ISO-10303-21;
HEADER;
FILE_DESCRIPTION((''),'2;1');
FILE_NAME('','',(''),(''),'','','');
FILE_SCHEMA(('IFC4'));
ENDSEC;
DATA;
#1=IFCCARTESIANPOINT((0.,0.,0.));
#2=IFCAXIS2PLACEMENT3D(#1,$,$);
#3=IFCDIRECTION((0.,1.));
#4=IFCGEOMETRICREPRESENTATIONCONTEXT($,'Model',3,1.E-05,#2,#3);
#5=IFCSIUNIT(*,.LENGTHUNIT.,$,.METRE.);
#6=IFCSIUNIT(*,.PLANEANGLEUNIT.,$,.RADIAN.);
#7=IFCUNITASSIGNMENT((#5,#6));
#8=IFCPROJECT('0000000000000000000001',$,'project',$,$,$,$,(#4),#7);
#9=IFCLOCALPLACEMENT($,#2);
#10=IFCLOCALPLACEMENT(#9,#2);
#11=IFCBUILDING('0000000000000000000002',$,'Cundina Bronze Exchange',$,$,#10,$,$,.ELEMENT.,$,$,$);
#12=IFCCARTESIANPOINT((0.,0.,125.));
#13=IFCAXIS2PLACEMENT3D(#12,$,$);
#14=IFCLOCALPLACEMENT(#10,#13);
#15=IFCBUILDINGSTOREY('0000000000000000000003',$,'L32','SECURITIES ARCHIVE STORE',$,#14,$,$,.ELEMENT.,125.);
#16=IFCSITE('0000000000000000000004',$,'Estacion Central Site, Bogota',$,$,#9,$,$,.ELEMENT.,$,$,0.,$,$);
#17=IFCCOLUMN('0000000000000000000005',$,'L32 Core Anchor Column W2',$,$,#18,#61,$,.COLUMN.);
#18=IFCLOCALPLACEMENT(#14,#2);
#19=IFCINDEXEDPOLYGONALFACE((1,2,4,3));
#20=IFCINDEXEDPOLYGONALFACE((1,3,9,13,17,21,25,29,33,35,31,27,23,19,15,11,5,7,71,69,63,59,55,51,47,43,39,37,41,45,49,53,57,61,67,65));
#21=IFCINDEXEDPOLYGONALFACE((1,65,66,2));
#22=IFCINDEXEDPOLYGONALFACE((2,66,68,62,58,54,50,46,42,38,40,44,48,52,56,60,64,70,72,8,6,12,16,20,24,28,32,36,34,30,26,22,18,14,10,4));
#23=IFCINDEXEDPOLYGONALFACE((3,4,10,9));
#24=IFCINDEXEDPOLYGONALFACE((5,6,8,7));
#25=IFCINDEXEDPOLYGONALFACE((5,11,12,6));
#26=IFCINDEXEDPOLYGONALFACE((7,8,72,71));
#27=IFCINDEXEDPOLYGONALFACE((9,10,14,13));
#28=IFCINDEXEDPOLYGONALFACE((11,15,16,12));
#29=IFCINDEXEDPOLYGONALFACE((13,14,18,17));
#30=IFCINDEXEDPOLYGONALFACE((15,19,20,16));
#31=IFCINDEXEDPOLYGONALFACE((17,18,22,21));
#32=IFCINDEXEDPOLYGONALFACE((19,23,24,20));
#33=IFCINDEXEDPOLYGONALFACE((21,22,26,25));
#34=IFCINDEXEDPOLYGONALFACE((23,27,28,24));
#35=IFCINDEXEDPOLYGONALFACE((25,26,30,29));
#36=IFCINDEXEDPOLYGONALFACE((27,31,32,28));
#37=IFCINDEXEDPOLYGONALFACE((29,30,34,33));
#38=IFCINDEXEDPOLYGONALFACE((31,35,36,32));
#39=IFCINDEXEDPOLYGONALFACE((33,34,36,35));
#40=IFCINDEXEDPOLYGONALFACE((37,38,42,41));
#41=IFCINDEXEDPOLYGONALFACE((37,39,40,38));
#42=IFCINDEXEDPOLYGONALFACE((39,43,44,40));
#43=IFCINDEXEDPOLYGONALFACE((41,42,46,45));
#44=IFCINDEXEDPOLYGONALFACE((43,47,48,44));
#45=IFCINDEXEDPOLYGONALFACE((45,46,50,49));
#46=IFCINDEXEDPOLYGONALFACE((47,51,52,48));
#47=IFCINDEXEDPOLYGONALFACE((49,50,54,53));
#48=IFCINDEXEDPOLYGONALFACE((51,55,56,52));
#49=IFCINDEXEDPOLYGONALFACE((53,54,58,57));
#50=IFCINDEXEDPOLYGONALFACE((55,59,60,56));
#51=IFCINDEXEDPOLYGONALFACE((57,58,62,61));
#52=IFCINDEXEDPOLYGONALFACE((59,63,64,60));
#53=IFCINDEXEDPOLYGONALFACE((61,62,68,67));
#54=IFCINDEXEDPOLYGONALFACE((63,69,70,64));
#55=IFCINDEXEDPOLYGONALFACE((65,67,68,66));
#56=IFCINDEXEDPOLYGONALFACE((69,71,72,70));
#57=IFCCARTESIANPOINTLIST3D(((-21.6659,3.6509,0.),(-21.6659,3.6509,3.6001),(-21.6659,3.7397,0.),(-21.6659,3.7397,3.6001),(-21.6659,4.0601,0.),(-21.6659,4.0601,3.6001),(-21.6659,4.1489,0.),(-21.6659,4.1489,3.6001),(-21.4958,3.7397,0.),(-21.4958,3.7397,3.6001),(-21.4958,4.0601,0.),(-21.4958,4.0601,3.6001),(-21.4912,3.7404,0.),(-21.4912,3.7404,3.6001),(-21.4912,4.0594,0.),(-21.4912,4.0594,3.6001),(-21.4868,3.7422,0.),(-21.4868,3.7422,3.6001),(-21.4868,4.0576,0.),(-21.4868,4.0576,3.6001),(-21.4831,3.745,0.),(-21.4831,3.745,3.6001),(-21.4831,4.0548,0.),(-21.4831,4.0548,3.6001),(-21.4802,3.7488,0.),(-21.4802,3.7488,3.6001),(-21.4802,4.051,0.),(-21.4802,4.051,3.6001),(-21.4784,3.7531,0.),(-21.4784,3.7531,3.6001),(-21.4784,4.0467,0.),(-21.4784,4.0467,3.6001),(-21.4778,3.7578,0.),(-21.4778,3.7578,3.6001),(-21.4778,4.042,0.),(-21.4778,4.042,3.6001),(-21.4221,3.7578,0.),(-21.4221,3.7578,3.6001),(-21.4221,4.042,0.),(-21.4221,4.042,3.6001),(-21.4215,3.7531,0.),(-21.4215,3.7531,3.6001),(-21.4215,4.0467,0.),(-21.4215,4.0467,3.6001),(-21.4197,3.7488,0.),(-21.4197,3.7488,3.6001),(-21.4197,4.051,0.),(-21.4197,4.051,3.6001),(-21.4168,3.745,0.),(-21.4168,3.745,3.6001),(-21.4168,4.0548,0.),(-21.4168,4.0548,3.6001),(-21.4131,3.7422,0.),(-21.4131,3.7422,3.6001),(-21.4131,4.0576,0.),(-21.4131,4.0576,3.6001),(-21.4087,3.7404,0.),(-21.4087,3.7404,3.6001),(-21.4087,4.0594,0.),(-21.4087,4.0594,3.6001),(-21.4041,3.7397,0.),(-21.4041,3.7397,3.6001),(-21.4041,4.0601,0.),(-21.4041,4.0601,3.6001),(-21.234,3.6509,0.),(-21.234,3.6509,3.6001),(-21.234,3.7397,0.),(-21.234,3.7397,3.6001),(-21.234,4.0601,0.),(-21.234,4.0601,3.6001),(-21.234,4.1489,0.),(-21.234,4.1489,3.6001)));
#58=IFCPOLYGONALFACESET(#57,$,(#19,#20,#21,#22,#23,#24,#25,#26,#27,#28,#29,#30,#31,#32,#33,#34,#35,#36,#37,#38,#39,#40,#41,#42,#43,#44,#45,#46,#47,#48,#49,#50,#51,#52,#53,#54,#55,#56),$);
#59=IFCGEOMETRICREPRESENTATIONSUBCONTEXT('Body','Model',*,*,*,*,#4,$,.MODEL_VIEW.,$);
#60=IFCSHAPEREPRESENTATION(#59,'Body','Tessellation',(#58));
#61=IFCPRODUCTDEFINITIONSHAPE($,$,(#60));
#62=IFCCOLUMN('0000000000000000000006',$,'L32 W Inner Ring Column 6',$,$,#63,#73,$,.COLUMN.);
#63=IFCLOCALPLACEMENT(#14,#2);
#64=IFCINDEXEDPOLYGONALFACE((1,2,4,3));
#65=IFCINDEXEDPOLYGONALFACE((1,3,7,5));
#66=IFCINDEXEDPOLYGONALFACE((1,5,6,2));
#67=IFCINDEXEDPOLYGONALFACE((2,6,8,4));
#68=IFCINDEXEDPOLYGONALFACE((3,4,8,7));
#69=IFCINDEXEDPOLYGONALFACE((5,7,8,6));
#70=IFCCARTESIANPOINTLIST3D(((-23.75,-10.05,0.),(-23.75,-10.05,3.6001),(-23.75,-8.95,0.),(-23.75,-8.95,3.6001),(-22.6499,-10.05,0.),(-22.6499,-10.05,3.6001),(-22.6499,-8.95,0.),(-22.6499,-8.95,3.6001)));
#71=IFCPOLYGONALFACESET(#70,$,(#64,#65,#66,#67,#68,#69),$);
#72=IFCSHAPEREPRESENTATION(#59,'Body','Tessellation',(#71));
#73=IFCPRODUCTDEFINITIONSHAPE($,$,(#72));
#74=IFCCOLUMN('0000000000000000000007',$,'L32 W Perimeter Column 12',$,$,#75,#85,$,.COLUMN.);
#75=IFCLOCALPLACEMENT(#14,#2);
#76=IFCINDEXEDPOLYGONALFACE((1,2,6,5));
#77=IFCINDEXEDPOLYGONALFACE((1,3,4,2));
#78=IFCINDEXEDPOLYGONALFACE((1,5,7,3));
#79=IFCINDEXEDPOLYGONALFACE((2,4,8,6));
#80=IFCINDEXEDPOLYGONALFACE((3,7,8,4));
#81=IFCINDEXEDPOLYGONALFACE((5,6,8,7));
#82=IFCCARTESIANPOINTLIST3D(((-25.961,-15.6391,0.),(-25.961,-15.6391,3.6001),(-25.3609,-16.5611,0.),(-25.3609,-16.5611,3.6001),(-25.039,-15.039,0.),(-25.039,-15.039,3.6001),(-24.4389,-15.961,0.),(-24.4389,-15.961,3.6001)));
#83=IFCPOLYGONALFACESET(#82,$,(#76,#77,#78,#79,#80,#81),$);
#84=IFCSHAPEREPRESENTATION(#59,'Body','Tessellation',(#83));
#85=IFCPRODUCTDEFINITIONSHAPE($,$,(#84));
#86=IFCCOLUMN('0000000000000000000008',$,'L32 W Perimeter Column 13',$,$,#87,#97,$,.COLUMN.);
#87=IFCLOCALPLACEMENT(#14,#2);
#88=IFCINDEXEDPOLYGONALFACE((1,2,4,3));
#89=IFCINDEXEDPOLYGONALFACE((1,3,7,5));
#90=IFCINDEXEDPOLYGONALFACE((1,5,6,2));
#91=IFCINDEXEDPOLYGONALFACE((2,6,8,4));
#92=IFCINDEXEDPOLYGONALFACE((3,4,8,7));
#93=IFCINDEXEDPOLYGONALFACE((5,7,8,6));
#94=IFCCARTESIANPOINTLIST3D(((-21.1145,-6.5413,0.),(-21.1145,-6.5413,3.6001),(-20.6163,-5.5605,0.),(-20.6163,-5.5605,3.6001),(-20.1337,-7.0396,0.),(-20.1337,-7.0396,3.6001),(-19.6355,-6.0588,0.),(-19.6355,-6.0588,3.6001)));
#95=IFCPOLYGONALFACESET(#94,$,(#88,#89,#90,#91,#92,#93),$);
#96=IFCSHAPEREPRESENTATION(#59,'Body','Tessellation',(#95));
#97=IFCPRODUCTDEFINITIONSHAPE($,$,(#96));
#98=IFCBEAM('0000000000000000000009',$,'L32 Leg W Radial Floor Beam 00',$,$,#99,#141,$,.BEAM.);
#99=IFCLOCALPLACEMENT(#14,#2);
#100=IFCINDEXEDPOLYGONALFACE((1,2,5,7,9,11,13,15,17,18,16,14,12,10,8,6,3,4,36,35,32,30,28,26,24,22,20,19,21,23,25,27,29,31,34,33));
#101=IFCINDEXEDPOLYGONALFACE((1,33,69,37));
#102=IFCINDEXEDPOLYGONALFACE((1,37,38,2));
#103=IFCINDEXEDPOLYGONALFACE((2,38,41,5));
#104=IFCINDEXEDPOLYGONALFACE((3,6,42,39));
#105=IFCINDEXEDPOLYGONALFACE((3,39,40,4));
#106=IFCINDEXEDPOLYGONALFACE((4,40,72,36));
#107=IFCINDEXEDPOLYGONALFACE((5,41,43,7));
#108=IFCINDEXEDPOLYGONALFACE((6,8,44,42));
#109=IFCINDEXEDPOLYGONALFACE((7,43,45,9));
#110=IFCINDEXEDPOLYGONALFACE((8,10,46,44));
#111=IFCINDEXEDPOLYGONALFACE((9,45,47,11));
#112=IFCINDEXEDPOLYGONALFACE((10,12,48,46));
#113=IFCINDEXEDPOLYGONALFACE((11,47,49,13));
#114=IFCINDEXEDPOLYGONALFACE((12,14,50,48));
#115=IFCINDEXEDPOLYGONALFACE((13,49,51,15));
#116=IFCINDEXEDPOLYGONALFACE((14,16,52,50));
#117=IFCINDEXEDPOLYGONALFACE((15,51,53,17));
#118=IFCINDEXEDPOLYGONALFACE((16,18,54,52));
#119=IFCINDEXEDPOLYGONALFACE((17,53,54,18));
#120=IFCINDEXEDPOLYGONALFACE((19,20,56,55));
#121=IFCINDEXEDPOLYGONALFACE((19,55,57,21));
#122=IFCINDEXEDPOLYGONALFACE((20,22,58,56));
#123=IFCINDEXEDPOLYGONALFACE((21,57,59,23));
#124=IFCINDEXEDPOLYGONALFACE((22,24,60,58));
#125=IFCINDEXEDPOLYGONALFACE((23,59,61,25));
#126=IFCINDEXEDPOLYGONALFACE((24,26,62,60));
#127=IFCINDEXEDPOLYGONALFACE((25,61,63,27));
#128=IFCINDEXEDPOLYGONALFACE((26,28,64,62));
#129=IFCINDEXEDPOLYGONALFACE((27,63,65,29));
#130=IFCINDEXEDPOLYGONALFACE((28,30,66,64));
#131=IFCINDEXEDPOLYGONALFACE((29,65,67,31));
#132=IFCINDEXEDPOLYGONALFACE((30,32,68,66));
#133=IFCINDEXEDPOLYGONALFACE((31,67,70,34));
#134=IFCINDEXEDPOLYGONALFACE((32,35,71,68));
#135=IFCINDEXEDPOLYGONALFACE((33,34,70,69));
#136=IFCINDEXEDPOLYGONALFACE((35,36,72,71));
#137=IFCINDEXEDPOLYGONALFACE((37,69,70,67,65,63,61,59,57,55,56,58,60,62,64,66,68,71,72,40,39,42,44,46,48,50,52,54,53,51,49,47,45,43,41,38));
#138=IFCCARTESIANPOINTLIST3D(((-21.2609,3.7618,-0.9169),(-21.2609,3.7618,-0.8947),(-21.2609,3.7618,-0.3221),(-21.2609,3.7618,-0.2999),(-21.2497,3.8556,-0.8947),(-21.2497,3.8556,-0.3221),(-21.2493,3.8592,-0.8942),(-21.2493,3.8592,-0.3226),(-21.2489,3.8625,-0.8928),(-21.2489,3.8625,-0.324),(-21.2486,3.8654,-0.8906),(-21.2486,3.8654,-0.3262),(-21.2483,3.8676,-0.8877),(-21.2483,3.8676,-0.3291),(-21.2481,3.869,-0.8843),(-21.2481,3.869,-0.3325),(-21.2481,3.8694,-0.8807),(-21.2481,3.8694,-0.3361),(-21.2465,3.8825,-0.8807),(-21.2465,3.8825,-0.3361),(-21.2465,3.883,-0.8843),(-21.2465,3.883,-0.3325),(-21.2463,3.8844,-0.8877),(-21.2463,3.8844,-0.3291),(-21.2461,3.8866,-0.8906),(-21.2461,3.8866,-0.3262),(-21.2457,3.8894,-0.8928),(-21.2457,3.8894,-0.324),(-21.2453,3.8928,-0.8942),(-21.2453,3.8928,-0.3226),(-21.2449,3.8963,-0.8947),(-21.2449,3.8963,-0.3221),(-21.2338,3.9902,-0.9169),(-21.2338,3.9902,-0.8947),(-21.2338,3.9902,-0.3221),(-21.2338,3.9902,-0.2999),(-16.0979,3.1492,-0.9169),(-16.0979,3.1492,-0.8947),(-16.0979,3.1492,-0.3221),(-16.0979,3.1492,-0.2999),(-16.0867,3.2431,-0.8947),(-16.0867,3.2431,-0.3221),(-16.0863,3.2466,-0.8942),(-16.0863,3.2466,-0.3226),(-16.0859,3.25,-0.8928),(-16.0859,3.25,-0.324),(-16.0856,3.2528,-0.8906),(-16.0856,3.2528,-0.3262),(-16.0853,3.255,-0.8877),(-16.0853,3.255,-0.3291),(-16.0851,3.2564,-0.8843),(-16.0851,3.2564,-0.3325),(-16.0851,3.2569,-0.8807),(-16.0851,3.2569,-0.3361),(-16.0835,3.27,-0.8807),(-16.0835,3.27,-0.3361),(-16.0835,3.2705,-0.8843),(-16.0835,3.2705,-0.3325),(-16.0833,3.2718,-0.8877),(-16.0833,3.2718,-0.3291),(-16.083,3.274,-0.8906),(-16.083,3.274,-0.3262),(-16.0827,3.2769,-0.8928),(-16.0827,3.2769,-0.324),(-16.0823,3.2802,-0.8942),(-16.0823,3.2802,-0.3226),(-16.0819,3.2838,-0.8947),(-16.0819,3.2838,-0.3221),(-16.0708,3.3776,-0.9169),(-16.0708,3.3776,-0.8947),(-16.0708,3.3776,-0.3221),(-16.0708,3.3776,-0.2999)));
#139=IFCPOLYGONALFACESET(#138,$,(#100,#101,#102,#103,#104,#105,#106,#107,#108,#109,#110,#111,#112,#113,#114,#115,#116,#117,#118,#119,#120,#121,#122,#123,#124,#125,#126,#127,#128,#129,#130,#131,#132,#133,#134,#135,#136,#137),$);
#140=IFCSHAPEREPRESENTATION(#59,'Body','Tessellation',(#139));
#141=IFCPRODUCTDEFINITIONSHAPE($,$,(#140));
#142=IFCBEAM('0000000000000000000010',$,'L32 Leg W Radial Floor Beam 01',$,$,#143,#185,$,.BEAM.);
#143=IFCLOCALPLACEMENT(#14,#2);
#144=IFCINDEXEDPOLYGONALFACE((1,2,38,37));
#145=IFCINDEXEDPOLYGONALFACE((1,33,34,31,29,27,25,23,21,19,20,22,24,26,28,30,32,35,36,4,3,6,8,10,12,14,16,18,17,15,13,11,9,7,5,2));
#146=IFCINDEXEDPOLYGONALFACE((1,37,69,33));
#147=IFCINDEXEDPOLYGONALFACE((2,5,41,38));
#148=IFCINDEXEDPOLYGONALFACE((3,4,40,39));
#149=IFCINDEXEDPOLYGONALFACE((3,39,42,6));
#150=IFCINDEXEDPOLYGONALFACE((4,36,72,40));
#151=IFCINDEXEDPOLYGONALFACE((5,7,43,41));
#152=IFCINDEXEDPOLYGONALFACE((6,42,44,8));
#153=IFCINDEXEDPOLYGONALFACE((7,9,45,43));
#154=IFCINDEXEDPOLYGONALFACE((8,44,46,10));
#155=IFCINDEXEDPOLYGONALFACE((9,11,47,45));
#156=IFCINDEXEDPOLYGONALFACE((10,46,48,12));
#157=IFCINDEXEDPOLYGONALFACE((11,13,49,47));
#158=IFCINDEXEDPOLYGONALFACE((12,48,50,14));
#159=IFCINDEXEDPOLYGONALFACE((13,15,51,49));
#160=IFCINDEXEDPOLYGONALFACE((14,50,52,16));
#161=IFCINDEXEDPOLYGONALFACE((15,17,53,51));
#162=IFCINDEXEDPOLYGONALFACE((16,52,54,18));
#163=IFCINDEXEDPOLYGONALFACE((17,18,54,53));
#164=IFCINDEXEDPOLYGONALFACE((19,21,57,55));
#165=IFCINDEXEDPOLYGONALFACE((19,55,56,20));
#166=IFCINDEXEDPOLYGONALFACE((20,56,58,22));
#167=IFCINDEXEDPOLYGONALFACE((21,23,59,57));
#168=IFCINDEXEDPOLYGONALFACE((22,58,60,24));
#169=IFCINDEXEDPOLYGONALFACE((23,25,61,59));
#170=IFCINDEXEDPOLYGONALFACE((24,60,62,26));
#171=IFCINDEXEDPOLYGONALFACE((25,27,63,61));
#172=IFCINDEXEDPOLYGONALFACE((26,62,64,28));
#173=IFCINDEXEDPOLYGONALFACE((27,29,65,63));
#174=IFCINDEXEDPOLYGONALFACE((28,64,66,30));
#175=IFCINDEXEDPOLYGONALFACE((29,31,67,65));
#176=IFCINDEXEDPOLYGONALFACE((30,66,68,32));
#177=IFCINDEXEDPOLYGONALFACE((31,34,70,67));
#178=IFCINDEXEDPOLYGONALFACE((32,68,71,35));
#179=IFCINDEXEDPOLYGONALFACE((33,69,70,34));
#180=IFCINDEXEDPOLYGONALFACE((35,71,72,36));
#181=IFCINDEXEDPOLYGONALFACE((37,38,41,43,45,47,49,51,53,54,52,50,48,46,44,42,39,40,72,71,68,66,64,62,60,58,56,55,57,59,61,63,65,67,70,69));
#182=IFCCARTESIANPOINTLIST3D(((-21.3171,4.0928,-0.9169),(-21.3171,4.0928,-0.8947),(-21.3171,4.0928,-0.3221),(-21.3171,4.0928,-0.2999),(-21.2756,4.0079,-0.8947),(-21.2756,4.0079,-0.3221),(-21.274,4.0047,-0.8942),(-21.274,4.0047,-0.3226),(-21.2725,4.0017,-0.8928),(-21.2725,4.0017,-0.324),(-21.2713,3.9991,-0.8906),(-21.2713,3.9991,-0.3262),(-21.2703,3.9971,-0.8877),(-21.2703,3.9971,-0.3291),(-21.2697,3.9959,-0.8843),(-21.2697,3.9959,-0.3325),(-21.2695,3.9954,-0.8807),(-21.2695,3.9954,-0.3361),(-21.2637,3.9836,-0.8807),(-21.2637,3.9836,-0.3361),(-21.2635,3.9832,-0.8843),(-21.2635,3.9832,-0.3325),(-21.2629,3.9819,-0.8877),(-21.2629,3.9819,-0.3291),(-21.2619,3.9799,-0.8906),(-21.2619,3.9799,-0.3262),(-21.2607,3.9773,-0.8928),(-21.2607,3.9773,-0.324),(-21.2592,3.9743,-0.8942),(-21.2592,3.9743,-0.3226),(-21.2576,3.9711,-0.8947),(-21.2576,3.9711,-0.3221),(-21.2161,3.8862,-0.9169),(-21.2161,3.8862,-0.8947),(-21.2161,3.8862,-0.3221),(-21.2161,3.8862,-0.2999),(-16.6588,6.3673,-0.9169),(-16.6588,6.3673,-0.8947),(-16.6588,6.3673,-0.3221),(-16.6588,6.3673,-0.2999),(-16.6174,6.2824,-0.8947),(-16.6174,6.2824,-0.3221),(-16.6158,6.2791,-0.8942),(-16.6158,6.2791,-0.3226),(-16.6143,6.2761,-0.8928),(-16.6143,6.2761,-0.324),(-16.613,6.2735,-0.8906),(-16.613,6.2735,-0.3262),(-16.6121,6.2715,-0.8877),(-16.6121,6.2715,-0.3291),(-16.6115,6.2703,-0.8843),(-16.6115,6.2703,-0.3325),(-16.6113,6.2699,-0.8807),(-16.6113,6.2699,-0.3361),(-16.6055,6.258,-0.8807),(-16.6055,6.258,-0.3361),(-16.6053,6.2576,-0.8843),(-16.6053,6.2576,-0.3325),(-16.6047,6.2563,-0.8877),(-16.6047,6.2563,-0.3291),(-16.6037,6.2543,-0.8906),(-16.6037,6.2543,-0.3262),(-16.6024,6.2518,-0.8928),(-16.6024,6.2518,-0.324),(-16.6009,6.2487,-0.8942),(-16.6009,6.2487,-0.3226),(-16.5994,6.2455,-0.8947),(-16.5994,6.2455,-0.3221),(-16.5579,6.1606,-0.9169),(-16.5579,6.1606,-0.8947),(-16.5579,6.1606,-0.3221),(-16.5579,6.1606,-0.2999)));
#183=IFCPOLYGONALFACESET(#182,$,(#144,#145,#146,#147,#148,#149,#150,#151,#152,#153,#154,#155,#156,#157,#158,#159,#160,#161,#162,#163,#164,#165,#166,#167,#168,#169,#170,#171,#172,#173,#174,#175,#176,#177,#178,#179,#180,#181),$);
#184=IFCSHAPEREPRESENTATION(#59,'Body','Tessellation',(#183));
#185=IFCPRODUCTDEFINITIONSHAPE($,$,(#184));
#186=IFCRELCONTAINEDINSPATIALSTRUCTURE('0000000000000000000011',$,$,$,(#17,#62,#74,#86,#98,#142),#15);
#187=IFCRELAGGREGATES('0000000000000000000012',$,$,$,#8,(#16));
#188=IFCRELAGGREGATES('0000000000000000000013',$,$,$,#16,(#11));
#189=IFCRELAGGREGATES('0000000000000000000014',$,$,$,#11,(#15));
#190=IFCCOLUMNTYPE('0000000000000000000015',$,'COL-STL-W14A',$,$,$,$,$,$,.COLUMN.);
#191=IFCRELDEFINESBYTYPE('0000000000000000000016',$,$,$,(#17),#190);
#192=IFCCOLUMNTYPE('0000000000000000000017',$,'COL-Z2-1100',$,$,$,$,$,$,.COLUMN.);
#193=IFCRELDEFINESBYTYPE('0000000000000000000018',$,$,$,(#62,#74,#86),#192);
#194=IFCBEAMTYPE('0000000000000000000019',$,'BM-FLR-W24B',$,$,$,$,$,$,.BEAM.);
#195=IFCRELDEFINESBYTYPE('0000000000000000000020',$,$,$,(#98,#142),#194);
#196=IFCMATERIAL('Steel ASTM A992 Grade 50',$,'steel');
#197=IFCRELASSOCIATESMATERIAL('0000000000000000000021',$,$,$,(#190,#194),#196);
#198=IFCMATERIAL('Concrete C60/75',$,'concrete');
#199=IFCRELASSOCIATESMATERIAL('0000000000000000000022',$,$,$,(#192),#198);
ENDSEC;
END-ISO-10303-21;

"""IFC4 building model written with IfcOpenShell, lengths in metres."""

from ifc_helpers import new_model, si_unit, direction, frame, origin, origin_2d, place, context, subcontext, project, spatial, rectangle, i_section, extrude, material, material_profile, profile_set, type_object, element, save


model = new_model("IFC4")

# Units and contexts
model_context = context("Model", 3, precision=1e-05, world=origin(), true_north=direction((0.0, 1.0)))
body_context = subcontext(model_context, "Body", "Model", "MODEL_VIEW")
ifc_project = project(units=[si_unit("LENGTHUNIT", "METRE"), si_unit("PLANEANGLEUNIT", "RADIAN")], contexts=[model_context])

# Site, building, storey
site_placement = place(None, origin())
site = spatial("IfcSite", under=ifc_project, at=site_placement, Name="Estacion Central Site, Bogota", CompositionType="ELEMENT", RefElevation=0.0)
building_placement = place(site_placement, origin())
building = spatial("IfcBuilding", under=site, at=building_placement, Name="Cundina Bronze Exchange", CompositionType="ELEMENT")
storey_placement = place(building_placement, frame((0.0, 0.0, 125.0)))
storey = spatial("IfcBuildingStorey", under=building, at=storey_placement, Name="L32", Description="SECURITIES ARCHIVE STORE", CompositionType="ELEMENT", Elevation=125.0)

# Columns
ifc_material_1 = material(Name="Steel ASTM A992 Grade 50", Category="steel")
ifc_material_profile_1 = material_profile(ifc_material_1, i_section(OverallWidth=0.4319, OverallDepth=0.498, WebThickness=0.0557, FlangeThickness=0.0889, FilletRadius=0.0181, at=origin_2d()), Name="W14X500", Category="steel")
ifc_profile_set_1 = profile_set([ifc_material_profile_1], Name="Steel ASTM A992 Grade 50")
column_type_1 = type_object("IfcColumnType", Name="COL-STL-W14A", PredefinedType="COLUMN", material=ifc_profile_set_1)
column_placement = place(storey_placement, frame((-21.45, 3.8999, 0.0), z_axis=(0.0, 0.0, 1.0), x_axis=(1.0, 0.0, 0.0)))
element("IfcColumn", 1, at=column_placement, inside=storey, type_object=column_type_1, Name="L32 Core Anchor Column W2", PredefinedType="COLUMN", context=body_context, shape_type="SweptSolid", body=[
    extrude(i_section(OverallWidth=0.4319, OverallDepth=0.498, WebThickness=0.0557, FlangeThickness=0.0889, FilletRadius=0.0181, at=origin_2d()), origin(), (0.0, 0.0, 1.0), 3.6001),
])
ifc_material_2 = material(Name="Concrete C60/75", Category="concrete")
ifc_material_profile_2 = material_profile(ifc_material_2, rectangle(XDim=1.1001, YDim=1.1001, at=origin_2d()), Name="RC1100X1100", Category="concrete")
ifc_profile_set_2 = profile_set([ifc_material_profile_2], Name="Concrete C60/75")
column_type_2 = type_object("IfcColumnType", Name="COL-Z2-1100", PredefinedType="COLUMN", material=ifc_profile_set_2)
for number, where, z_axis, x_axis, name in (
    (2, (-23.2, -9.5, 0.0), (0.0, 0.0, 1.0), (1.0, 0.0, 0.0), "L32 W Inner Ring Column 6"),
    (3, (-25.2, -15.8, 0.0), (0.0, 0.0, 1.0), (0.8381, 0.545517, 0.0), "L32 W Perimeter Column 12"),
    (4, (-20.375, -6.3, 0.0), (0.0, 0.0, 1.0), (0.452902, 0.891561, 0.0), "L32 W Perimeter Column 13"),
):
    element("IfcColumn", number, at=place(storey_placement, frame(where, z_axis=z_axis, x_axis=x_axis)), inside=storey, type_object=column_type_2, Name=name, PredefinedType="COLUMN", context=body_context, shape_type="SweptSolid", body=[
        extrude(rectangle(XDim=1.1001, YDim=1.1001, at=origin_2d()), origin(), (0.0, 0.0, 1.0), 3.6001),
    ])

# Beams
ifc_material_profile_3 = material_profile(ifc_material_1, i_section(OverallWidth=0.23, OverallDepth=0.6169, WebThickness=0.0132, FlangeThickness=0.0222, FilletRadius=0.0139, at=origin_2d()), Name="W24X94", Category="steel")
ifc_profile_set_3 = profile_set([ifc_material_profile_3], Name="Steel ASTM A992 Grade 50")
beam_type_1 = type_object("IfcBeamType", Name="BM-FLR-W24B", PredefinedType="BEAM", material=ifc_profile_set_3)
beam_1_placement = place(storey_placement, frame((-21.2473, 3.876, -0.6084), z_axis=(0.993036, -0.117814, 0.0), x_axis=(0.117814, 0.993036, 0.0)))
element("IfcBeam", 5, at=beam_1_placement, inside=storey, type_object=beam_type_1, Name="L32 Leg W Radial Floor Beam 00", PredefinedType="BEAM", context=body_context, shape_type="SweptSolid", body=[
    extrude(i_section(OverallWidth=0.23, OverallDepth=0.6169, WebThickness=0.0132, FlangeThickness=0.0222, FilletRadius=0.0139, at=origin_2d()), origin(), (0.0, 0.0, 1.0), 5.1992),
])
beam_2_placement = place(storey_placement, frame((-21.2666, 3.9895, -0.6084), z_axis=(0.898607, 0.438754, 0.0), x_axis=(-0.438754, 0.898607, 0.0)))
element("IfcBeam", 6, at=beam_2_placement, inside=storey, type_object=beam_type_1, Name="L32 Leg W Radial Floor Beam 01", PredefinedType="BEAM", context=body_context, shape_type="SweptSolid", body=[
    extrude(i_section(OverallWidth=0.23, OverallDepth=0.6169, WebThickness=0.0132, FlangeThickness=0.0222, FilletRadius=0.0139, at=origin_2d()), origin(), (0.0, 0.0, 1.0), 5.1838),
])

save(model, "model.ifc")
